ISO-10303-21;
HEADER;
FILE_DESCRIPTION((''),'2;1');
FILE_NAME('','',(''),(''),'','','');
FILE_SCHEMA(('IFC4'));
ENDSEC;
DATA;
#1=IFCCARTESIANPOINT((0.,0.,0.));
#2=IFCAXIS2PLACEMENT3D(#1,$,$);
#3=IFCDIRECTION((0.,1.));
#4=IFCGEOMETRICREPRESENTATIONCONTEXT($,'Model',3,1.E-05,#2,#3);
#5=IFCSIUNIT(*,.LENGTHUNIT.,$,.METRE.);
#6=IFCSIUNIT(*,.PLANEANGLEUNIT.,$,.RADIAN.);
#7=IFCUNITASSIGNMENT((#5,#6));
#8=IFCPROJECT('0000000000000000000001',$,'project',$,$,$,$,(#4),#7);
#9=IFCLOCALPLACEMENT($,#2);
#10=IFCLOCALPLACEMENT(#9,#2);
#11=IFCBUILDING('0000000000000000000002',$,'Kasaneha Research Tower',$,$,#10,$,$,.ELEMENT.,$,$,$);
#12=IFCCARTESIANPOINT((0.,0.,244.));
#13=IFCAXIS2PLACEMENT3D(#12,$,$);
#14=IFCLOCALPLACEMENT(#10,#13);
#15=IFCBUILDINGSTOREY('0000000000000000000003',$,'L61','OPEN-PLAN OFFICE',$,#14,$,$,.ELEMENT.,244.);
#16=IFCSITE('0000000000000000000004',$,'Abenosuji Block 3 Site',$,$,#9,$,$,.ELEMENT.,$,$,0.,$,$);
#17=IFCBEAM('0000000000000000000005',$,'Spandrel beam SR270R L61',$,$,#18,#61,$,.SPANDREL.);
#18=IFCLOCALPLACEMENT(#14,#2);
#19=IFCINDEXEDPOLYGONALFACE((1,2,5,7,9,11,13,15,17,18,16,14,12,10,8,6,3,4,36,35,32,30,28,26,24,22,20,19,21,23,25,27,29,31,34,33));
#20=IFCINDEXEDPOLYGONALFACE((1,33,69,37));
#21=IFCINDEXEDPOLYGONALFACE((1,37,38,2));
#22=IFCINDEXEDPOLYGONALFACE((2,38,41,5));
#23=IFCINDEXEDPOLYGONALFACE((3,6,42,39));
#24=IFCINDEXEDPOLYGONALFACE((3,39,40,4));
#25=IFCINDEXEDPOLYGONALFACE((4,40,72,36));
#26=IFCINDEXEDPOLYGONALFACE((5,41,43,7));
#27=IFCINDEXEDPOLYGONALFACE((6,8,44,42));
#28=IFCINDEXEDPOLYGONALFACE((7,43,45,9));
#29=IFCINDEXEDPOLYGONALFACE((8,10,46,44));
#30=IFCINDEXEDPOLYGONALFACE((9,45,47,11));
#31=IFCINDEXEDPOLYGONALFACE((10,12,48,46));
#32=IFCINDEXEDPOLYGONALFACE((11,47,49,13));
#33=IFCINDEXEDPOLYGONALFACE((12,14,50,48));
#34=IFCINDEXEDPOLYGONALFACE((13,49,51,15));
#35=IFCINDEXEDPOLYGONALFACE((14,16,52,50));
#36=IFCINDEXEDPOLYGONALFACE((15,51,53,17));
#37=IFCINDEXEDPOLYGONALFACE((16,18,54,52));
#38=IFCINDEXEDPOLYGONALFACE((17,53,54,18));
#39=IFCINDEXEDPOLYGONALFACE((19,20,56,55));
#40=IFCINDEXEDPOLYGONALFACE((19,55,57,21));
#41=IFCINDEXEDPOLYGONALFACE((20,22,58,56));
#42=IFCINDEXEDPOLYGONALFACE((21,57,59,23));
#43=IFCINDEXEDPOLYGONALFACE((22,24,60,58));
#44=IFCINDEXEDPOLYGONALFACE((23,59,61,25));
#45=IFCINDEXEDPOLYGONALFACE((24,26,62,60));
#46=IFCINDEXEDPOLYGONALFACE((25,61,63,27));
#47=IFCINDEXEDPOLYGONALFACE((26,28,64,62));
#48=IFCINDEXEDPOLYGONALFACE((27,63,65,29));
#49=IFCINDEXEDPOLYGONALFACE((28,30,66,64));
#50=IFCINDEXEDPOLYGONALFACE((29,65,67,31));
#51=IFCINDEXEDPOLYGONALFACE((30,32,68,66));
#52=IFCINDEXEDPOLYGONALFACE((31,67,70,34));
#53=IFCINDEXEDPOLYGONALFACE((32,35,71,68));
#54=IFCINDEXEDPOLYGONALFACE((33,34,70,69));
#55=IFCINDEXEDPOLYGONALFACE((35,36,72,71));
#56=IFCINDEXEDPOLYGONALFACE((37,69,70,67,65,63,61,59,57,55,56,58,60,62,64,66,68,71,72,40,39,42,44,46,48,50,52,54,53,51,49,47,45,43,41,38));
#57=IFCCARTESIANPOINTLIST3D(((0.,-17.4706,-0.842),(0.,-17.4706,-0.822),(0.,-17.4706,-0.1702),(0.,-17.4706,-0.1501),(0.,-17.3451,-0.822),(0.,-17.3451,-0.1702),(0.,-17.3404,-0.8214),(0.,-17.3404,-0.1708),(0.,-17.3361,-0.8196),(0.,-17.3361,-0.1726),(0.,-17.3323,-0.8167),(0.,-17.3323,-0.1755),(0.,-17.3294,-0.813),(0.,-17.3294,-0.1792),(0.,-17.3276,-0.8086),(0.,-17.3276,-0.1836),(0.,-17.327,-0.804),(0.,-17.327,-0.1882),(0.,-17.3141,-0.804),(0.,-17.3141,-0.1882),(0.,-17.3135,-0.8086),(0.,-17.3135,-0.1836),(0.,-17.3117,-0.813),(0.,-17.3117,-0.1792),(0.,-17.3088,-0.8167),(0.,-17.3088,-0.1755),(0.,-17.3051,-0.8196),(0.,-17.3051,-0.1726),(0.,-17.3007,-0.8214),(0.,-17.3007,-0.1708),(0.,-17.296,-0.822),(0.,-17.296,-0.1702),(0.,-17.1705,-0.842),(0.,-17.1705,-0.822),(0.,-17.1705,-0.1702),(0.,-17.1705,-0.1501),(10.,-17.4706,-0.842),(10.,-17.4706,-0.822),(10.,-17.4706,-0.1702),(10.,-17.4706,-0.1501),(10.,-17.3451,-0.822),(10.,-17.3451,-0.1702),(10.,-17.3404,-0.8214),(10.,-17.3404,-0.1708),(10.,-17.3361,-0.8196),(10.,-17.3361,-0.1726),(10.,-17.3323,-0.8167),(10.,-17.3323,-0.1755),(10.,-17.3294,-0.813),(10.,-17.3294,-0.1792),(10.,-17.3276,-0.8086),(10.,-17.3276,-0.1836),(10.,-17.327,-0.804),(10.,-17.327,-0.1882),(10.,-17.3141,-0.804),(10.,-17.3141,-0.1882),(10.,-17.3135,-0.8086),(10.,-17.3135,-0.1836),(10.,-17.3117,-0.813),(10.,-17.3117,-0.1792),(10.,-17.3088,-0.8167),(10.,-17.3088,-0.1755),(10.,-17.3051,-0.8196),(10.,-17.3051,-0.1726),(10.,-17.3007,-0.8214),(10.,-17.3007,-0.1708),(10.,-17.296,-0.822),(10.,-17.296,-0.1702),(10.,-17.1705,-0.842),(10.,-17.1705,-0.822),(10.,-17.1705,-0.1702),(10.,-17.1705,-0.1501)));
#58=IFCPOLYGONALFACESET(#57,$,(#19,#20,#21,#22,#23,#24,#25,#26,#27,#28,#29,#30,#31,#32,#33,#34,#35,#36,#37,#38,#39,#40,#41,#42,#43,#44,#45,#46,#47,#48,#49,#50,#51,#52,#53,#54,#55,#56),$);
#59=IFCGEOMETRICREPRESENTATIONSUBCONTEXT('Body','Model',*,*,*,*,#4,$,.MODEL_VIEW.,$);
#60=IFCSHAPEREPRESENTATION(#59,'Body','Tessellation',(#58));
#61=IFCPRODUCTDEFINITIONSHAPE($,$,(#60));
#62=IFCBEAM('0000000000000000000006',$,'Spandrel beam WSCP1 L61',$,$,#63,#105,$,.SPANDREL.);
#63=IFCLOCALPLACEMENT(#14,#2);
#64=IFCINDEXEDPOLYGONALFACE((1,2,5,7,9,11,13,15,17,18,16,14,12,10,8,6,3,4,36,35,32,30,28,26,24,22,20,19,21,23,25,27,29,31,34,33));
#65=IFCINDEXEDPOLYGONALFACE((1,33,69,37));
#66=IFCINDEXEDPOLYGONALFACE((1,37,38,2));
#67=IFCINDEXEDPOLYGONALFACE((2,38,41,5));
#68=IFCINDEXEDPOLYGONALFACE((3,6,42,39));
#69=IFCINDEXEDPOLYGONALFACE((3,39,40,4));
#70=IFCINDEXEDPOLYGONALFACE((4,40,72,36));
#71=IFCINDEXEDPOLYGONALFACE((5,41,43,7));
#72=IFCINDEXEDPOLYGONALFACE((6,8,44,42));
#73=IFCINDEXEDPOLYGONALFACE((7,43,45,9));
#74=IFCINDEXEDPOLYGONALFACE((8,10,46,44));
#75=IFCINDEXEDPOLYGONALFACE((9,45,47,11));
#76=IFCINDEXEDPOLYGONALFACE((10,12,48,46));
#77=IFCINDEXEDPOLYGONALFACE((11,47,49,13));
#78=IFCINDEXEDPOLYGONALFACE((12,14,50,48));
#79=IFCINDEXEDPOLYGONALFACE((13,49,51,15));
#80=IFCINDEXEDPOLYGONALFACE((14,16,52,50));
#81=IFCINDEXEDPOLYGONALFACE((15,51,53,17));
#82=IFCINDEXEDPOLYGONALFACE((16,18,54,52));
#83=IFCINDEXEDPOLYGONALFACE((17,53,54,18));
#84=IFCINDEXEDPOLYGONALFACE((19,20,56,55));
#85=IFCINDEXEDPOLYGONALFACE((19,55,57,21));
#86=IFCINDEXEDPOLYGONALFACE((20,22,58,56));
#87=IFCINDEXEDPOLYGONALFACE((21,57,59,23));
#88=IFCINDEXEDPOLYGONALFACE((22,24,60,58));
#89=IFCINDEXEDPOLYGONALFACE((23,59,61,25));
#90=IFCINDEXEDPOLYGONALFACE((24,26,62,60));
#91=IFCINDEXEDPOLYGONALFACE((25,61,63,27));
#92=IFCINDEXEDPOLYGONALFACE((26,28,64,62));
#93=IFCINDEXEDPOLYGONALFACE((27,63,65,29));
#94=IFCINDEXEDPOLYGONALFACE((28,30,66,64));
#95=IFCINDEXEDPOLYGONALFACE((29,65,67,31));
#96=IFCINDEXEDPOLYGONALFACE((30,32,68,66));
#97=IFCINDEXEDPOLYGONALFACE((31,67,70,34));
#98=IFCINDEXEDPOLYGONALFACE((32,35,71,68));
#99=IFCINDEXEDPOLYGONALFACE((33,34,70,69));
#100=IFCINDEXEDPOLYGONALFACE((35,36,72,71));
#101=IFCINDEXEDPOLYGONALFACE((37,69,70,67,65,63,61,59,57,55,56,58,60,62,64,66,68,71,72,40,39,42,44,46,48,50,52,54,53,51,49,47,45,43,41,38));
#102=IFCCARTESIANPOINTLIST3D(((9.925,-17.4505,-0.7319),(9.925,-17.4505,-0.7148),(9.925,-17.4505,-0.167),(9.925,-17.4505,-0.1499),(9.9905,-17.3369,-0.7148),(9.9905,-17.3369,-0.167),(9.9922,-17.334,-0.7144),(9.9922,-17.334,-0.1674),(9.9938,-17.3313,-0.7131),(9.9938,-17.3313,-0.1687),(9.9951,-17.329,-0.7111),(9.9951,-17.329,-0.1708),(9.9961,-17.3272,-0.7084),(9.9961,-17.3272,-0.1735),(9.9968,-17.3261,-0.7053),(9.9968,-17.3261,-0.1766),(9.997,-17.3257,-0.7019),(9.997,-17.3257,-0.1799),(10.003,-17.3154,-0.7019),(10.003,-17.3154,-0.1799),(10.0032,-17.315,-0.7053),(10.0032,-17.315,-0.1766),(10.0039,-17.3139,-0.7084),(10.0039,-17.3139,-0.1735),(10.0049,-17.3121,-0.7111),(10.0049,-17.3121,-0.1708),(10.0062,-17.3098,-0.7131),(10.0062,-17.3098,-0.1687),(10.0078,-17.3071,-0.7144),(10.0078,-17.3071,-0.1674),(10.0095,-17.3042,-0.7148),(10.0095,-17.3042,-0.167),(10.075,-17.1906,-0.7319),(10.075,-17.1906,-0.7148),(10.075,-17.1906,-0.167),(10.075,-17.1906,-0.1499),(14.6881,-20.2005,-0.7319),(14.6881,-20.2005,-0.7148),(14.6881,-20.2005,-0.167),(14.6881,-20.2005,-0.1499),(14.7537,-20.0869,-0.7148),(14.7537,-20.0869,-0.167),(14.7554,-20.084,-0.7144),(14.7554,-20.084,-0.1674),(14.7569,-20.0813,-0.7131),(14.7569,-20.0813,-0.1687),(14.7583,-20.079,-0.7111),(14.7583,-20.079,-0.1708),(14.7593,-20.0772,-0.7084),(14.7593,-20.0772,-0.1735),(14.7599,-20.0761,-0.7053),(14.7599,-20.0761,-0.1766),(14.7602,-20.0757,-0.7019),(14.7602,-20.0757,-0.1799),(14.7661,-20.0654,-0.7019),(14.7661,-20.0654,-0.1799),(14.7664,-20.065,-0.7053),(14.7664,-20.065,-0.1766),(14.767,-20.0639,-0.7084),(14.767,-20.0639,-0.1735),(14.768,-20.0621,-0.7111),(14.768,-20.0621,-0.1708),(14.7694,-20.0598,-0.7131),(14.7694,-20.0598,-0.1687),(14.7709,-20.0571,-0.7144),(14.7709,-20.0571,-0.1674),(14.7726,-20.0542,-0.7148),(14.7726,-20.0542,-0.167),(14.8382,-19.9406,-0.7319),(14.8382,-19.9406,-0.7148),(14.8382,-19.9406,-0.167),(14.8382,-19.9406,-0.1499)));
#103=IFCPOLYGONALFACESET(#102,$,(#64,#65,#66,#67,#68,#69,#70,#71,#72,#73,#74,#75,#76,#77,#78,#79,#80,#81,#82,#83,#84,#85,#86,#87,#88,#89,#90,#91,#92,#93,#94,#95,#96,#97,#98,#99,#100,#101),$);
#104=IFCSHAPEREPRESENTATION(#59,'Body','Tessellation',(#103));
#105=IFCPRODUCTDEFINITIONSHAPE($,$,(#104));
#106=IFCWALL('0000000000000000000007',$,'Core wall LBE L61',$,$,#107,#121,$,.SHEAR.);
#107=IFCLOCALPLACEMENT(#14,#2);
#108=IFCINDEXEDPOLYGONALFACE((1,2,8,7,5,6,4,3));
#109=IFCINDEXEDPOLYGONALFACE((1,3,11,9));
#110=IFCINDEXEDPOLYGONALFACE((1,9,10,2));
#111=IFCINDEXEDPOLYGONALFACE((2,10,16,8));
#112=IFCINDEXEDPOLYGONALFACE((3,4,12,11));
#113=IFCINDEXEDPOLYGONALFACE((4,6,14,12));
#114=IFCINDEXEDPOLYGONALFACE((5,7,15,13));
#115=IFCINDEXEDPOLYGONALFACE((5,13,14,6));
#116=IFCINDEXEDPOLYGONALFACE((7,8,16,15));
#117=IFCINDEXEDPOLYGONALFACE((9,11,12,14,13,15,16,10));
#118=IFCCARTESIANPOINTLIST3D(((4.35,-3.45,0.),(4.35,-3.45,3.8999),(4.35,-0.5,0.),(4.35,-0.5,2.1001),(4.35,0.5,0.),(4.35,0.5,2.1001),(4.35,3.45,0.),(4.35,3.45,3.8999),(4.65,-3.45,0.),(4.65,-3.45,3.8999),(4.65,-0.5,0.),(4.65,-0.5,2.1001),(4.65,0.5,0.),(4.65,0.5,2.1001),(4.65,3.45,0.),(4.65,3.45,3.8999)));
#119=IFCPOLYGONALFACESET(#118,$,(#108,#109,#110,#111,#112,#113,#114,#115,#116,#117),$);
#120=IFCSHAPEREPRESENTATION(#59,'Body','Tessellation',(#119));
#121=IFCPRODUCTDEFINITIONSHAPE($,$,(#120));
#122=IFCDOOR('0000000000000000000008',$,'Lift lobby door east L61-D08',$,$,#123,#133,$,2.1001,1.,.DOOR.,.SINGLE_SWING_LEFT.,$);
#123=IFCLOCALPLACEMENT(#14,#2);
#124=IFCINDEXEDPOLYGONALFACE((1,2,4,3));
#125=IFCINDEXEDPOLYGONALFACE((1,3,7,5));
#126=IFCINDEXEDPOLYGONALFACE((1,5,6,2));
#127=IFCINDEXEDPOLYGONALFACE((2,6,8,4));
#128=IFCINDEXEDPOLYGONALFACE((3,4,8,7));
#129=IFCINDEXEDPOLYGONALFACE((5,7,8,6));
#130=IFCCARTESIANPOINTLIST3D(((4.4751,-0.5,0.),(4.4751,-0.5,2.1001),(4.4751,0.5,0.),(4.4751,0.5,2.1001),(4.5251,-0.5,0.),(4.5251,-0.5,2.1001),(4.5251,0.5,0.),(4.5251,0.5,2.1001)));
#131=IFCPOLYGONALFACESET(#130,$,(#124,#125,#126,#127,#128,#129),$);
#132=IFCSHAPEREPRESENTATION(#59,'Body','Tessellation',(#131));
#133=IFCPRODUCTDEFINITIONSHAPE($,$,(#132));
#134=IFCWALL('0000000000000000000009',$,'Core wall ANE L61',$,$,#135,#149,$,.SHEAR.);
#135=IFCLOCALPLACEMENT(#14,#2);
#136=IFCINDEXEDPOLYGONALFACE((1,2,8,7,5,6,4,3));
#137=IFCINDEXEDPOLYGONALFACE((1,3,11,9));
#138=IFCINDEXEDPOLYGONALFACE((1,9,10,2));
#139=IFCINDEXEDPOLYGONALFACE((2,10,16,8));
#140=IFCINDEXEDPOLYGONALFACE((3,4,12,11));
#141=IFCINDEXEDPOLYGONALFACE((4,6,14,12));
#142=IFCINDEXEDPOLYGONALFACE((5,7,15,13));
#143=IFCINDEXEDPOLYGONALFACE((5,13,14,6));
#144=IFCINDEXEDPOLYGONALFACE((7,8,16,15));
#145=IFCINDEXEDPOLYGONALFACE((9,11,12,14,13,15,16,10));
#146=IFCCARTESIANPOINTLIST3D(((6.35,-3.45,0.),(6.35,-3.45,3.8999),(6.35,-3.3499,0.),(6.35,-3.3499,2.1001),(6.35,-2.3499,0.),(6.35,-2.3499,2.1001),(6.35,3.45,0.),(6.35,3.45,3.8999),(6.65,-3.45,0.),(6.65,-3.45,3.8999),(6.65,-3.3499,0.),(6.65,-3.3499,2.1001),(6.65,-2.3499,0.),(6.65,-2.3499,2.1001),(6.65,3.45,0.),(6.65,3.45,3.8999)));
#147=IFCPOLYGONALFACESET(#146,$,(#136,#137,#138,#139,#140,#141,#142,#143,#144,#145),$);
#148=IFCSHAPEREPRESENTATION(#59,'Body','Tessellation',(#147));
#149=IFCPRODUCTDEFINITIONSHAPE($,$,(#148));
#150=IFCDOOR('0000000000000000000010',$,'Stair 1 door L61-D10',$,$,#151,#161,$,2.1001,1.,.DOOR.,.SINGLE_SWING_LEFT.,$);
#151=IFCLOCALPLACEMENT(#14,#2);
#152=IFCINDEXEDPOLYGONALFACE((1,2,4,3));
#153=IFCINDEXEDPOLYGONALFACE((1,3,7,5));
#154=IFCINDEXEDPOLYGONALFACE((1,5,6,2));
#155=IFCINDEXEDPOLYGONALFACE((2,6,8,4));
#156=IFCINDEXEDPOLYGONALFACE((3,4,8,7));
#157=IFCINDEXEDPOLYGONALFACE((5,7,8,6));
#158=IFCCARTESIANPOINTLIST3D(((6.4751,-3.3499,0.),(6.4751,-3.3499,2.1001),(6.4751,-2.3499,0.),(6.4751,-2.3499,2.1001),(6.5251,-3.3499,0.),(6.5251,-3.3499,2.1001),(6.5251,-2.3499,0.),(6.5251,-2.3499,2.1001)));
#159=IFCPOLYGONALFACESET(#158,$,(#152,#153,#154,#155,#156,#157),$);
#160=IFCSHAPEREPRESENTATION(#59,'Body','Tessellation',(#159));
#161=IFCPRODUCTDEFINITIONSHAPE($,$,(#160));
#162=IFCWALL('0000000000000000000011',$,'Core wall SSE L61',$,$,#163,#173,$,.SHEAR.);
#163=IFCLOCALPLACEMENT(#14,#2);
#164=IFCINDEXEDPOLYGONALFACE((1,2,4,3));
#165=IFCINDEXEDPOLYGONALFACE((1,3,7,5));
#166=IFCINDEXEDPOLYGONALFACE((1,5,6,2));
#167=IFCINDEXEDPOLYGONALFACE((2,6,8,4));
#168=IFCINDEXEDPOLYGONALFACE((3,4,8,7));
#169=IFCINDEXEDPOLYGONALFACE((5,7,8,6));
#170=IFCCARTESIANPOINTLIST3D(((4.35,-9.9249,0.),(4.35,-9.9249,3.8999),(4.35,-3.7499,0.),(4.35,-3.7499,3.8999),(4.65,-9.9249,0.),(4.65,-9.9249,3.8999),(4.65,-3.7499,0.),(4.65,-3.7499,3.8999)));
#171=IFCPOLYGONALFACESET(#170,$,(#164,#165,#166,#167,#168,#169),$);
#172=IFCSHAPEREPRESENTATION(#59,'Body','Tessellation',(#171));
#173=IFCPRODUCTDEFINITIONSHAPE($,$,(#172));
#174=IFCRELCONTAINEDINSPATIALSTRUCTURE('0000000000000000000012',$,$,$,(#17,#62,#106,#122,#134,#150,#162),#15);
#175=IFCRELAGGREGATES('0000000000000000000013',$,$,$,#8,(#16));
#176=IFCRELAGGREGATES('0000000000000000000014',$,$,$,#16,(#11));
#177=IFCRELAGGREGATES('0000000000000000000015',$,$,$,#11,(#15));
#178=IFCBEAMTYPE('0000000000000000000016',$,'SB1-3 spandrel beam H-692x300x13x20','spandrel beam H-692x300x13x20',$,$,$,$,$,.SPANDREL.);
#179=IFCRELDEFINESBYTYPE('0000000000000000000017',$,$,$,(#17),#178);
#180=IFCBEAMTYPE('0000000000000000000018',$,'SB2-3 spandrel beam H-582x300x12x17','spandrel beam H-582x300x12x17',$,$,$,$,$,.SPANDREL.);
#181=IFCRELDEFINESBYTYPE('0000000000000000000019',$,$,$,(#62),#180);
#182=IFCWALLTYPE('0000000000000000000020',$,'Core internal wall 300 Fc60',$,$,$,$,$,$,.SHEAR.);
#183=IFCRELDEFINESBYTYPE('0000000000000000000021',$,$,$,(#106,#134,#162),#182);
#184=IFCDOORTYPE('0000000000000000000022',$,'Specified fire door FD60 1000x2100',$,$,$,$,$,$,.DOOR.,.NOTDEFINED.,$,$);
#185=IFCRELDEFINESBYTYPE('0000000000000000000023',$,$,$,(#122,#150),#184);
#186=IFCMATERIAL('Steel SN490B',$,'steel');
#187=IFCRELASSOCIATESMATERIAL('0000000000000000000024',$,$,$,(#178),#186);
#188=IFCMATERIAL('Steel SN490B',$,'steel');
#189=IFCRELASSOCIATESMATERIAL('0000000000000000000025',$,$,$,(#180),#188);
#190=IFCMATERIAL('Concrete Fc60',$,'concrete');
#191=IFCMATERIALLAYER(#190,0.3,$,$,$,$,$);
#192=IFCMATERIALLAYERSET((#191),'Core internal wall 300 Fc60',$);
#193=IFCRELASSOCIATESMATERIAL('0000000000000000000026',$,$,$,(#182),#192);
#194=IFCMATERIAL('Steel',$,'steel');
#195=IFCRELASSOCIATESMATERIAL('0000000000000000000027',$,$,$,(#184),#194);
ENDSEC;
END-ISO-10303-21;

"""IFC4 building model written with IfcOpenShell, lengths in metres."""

from ifc_helpers import new_model, si_unit, direction, frame, frame_2d, origin, origin_2d, place, context, subcontext, project, spatial, rectangle, i_section, extrude, material, layer, layer_set, material_profile, profile_set, type_object, element, fill, save


model = new_model("IFC4")

# Units and contexts
model_context = context("Model", 3, precision=1e-05, world=origin(), true_north=direction((0.0, 1.0)))
body_context = subcontext(model_context, "Body", "Model", "MODEL_VIEW")
ifc_project = project(units=[si_unit("LENGTHUNIT", "METRE"), si_unit("PLANEANGLEUNIT", "RADIAN")], contexts=[model_context])

# Site, building, storey
site_placement = place(None, origin())
site = spatial("IfcSite", under=ifc_project, at=site_placement, Name="Abenosuji Block 3 Site", CompositionType="ELEMENT", RefElevation=0.0)
building_placement = place(site_placement, origin())
building = spatial("IfcBuilding", under=site, at=building_placement, Name="Kasaneha Research Tower", CompositionType="ELEMENT")
storey_placement = place(building_placement, frame((0.0, 0.0, 244.0)))
storey = spatial("IfcBuildingStorey", under=building, at=storey_placement, Name="L61", Description="OPEN-PLAN OFFICE", CompositionType="ELEMENT", Elevation=244.0)

# Beams
ifc_material_1 = material(Name="Steel SN490B", Category="steel")
ifc_material_profile_1 = material_profile(ifc_material_1, i_section(OverallWidth=0.3, OverallDepth=0.6919, WebThickness=0.0129, FlangeThickness=0.02, FilletRadius=0.0181, at=origin_2d()), Name="H-692x300x13x20")
ifc_profile_set_1 = profile_set([ifc_material_profile_1], Name="Steel SN490B")
beam_type_1 = type_object("IfcBeamType", Name="SB1-3 spandrel beam H-692x300x13x20", Description="spandrel beam H-692x300x13x20", PredefinedType="SPANDREL", material=ifc_profile_set_1)
beam_1_placement = place(storey_placement, frame((10.0, -17.3206, -0.4961), z_axis=(-1.0, 0.0, 0.0), x_axis=(0.0, -1.0, 0.0)))
element("IfcBeam", 1, at=beam_1_placement, inside=storey, type_object=beam_type_1, Name="Spandrel beam SR270R L61", PredefinedType="SPANDREL", context=body_context, shape_type="SweptSolid", body=[
    extrude(i_section(OverallWidth=0.3, OverallDepth=0.6919, WebThickness=0.0129, FlangeThickness=0.02, FilletRadius=0.0181, at=origin_2d()), origin(), (0.0, 0.0, 1.0), 10.0),
])
ifc_material_2 = material(Name="Steel SN490B", Category="steel")
ifc_material_profile_2 = material_profile(ifc_material_2, i_section(OverallWidth=0.3, OverallDepth=0.582, WebThickness=0.012, FlangeThickness=0.0171, FilletRadius=0.0129, at=origin_2d()), Name="H-582x300x12x17")
ifc_profile_set_2 = profile_set([ifc_material_profile_2], Name="Steel SN490B")
beam_type_2 = type_object("IfcBeamType", Name="SB2-3 spandrel beam H-582x300x12x17", Description="spandrel beam H-582x300x12x17", PredefinedType="SPANDREL", material=ifc_profile_set_2)
beam_2_placement = place(storey_placement, frame((10.0, -17.3206, -0.4409), z_axis=(0.866027, -0.499997, 0.0), x_axis=(0.499997, 0.866027, 0.0)))
element("IfcBeam", 2, at=beam_2_placement, inside=storey, type_object=beam_type_2, Name="Spandrel beam WSCP1 L61", PredefinedType="SPANDREL", context=body_context, shape_type="SweptSolid", body=[
    extrude(i_section(OverallWidth=0.3, OverallDepth=0.582, WebThickness=0.012, FlangeThickness=0.0171, FilletRadius=0.0129, at=origin_2d()), origin(), (0.0, 0.0, 1.0), 5.5),
])

# Walls, openings, doors
ifc_material_3 = material(Name="Concrete Fc60", Category="concrete")
ifc_layer_1 = layer(ifc_material_3, 0.3)
ifc_layer_set_1 = layer_set([ifc_layer_1], Name="Core internal wall 300 Fc60")
wall_type_1 = type_object("IfcWallType", Name="Core internal wall 300 Fc60", PredefinedType="SHEAR", material=ifc_layer_set_1)
wall_1_placement = place(storey_placement, frame((4.5, -3.45, 0.0), z_axis=(0.0, 0.0, 1.0), x_axis=(0.0, 1.0, 0.0)))
wall_1 = element("IfcWall", 3, at=wall_1_placement, inside=storey, type_object=wall_type_1, Name="Core wall LBE L61", PredefinedType="SHEAR", context=body_context, shape_type="SweptSolid", body=[
    extrude(rectangle(XDim=6.8999, YDim=0.3, at=frame_2d((3.45, 0.0))), origin(), (0.0, 0.0, 1.0), 3.8999),
])
opening_1_placement = place(wall_1_placement, frame((2.95, 0.0, 0.0)))
opening_1 = element("IfcOpeningElement", 4, at=opening_1_placement, cuts=wall_1, PredefinedType="OPENING", context=body_context, shape_type="SweptSolid", body=[
    extrude(rectangle(XDim=1.0, YDim=2.1001, at=frame_2d((0.5, 1.05))), frame((0.0, 0.1602, 0.0), z_axis=(0.0, -1.0, 0.0), x_axis=(1.0, 0.0, 0.0)), (0.0, 0.0, 1.0), 0.3201),
])
ifc_material_4 = material(Name="Steel", Category="steel")
door_type_1 = type_object("IfcDoorType", Name="Specified fire door FD60 1000x2100", OperationType="NOTDEFINED", PredefinedType="DOOR", material=ifc_material_4)
door_1_placement = place(opening_1_placement, origin())
door_1 = element("IfcDoor", 5, at=door_1_placement, inside=storey, type_object=door_type_1, Name="Lift lobby door east L61-D08", OperationType="SINGLE_SWING_LEFT", OverallHeight=2.1001, OverallWidth=1.0, PredefinedType="DOOR", context=body_context, shape_type="SweptSolid", body=[
    extrude(rectangle(XDim=1.0, YDim=2.1001, at=frame_2d((0.5, 1.05))), frame((0.0, 0.0249, 0.0), z_axis=(0.0, -1.0, 0.0), x_axis=(1.0, 0.0, 0.0)), (0.0, 0.0, 1.0), 0.05),
])
fill(opening_1, door_1)
wall_2_placement = place(storey_placement, frame((6.5, -3.45, 0.0), z_axis=(0.0, 0.0, 1.0), x_axis=(0.0, 1.0, 0.0)))
wall_2 = element("IfcWall", 6, at=wall_2_placement, inside=storey, type_object=wall_type_1, Name="Core wall ANE L61", PredefinedType="SHEAR", context=body_context, shape_type="SweptSolid", body=[
    extrude(rectangle(XDim=6.8999, YDim=0.3, at=frame_2d((3.45, 0.0))), origin(), (0.0, 0.0, 1.0), 3.8999),
])
opening_2_placement = place(wall_2_placement, frame((0.1001, 0.0, 0.0)))
opening_2 = element("IfcOpeningElement", 7, at=opening_2_placement, cuts=wall_2, PredefinedType="OPENING", context=body_context, shape_type="SweptSolid", body=[
    extrude(rectangle(XDim=1.0, YDim=2.1001, at=frame_2d((0.5, 1.05))), frame((0.0, 0.1602, 0.0), z_axis=(0.0, -1.0, 0.0), x_axis=(1.0, 0.0, 0.0)), (0.0, 0.0, 1.0), 0.3201),
])
door_2_placement = place(opening_2_placement, origin())
door_2 = element("IfcDoor", 8, at=door_2_placement, inside=storey, type_object=door_type_1, Name="Stair 1 door L61-D10", OperationType="SINGLE_SWING_LEFT", OverallHeight=2.1001, OverallWidth=1.0, PredefinedType="DOOR", context=body_context, shape_type="SweptSolid", body=[
    extrude(rectangle(XDim=1.0, YDim=2.1001, at=frame_2d((0.5, 1.05))), frame((0.0, 0.0249, 0.0), z_axis=(0.0, -1.0, 0.0), x_axis=(1.0, 0.0, 0.0)), (0.0, 0.0, 1.0), 0.05),
])
fill(opening_2, door_2)

# Wall
wall_3_placement = place(storey_placement, frame((4.5, -3.75, 0.0), z_axis=(0.0, 0.0, 1.0), x_axis=(0.0, -1.0, 0.0)))
element("IfcWall", 9, at=wall_3_placement, inside=storey, type_object=wall_type_1, Name="Core wall SSE L61", PredefinedType="SHEAR", context=body_context, shape_type="SweptSolid", body=[
    extrude(rectangle(XDim=6.175, YDim=0.3, at=frame_2d((3.0874, 0.0))), origin(), (0.0, 0.0, 1.0), 3.8999),
])

save(model, "model.ifc")
